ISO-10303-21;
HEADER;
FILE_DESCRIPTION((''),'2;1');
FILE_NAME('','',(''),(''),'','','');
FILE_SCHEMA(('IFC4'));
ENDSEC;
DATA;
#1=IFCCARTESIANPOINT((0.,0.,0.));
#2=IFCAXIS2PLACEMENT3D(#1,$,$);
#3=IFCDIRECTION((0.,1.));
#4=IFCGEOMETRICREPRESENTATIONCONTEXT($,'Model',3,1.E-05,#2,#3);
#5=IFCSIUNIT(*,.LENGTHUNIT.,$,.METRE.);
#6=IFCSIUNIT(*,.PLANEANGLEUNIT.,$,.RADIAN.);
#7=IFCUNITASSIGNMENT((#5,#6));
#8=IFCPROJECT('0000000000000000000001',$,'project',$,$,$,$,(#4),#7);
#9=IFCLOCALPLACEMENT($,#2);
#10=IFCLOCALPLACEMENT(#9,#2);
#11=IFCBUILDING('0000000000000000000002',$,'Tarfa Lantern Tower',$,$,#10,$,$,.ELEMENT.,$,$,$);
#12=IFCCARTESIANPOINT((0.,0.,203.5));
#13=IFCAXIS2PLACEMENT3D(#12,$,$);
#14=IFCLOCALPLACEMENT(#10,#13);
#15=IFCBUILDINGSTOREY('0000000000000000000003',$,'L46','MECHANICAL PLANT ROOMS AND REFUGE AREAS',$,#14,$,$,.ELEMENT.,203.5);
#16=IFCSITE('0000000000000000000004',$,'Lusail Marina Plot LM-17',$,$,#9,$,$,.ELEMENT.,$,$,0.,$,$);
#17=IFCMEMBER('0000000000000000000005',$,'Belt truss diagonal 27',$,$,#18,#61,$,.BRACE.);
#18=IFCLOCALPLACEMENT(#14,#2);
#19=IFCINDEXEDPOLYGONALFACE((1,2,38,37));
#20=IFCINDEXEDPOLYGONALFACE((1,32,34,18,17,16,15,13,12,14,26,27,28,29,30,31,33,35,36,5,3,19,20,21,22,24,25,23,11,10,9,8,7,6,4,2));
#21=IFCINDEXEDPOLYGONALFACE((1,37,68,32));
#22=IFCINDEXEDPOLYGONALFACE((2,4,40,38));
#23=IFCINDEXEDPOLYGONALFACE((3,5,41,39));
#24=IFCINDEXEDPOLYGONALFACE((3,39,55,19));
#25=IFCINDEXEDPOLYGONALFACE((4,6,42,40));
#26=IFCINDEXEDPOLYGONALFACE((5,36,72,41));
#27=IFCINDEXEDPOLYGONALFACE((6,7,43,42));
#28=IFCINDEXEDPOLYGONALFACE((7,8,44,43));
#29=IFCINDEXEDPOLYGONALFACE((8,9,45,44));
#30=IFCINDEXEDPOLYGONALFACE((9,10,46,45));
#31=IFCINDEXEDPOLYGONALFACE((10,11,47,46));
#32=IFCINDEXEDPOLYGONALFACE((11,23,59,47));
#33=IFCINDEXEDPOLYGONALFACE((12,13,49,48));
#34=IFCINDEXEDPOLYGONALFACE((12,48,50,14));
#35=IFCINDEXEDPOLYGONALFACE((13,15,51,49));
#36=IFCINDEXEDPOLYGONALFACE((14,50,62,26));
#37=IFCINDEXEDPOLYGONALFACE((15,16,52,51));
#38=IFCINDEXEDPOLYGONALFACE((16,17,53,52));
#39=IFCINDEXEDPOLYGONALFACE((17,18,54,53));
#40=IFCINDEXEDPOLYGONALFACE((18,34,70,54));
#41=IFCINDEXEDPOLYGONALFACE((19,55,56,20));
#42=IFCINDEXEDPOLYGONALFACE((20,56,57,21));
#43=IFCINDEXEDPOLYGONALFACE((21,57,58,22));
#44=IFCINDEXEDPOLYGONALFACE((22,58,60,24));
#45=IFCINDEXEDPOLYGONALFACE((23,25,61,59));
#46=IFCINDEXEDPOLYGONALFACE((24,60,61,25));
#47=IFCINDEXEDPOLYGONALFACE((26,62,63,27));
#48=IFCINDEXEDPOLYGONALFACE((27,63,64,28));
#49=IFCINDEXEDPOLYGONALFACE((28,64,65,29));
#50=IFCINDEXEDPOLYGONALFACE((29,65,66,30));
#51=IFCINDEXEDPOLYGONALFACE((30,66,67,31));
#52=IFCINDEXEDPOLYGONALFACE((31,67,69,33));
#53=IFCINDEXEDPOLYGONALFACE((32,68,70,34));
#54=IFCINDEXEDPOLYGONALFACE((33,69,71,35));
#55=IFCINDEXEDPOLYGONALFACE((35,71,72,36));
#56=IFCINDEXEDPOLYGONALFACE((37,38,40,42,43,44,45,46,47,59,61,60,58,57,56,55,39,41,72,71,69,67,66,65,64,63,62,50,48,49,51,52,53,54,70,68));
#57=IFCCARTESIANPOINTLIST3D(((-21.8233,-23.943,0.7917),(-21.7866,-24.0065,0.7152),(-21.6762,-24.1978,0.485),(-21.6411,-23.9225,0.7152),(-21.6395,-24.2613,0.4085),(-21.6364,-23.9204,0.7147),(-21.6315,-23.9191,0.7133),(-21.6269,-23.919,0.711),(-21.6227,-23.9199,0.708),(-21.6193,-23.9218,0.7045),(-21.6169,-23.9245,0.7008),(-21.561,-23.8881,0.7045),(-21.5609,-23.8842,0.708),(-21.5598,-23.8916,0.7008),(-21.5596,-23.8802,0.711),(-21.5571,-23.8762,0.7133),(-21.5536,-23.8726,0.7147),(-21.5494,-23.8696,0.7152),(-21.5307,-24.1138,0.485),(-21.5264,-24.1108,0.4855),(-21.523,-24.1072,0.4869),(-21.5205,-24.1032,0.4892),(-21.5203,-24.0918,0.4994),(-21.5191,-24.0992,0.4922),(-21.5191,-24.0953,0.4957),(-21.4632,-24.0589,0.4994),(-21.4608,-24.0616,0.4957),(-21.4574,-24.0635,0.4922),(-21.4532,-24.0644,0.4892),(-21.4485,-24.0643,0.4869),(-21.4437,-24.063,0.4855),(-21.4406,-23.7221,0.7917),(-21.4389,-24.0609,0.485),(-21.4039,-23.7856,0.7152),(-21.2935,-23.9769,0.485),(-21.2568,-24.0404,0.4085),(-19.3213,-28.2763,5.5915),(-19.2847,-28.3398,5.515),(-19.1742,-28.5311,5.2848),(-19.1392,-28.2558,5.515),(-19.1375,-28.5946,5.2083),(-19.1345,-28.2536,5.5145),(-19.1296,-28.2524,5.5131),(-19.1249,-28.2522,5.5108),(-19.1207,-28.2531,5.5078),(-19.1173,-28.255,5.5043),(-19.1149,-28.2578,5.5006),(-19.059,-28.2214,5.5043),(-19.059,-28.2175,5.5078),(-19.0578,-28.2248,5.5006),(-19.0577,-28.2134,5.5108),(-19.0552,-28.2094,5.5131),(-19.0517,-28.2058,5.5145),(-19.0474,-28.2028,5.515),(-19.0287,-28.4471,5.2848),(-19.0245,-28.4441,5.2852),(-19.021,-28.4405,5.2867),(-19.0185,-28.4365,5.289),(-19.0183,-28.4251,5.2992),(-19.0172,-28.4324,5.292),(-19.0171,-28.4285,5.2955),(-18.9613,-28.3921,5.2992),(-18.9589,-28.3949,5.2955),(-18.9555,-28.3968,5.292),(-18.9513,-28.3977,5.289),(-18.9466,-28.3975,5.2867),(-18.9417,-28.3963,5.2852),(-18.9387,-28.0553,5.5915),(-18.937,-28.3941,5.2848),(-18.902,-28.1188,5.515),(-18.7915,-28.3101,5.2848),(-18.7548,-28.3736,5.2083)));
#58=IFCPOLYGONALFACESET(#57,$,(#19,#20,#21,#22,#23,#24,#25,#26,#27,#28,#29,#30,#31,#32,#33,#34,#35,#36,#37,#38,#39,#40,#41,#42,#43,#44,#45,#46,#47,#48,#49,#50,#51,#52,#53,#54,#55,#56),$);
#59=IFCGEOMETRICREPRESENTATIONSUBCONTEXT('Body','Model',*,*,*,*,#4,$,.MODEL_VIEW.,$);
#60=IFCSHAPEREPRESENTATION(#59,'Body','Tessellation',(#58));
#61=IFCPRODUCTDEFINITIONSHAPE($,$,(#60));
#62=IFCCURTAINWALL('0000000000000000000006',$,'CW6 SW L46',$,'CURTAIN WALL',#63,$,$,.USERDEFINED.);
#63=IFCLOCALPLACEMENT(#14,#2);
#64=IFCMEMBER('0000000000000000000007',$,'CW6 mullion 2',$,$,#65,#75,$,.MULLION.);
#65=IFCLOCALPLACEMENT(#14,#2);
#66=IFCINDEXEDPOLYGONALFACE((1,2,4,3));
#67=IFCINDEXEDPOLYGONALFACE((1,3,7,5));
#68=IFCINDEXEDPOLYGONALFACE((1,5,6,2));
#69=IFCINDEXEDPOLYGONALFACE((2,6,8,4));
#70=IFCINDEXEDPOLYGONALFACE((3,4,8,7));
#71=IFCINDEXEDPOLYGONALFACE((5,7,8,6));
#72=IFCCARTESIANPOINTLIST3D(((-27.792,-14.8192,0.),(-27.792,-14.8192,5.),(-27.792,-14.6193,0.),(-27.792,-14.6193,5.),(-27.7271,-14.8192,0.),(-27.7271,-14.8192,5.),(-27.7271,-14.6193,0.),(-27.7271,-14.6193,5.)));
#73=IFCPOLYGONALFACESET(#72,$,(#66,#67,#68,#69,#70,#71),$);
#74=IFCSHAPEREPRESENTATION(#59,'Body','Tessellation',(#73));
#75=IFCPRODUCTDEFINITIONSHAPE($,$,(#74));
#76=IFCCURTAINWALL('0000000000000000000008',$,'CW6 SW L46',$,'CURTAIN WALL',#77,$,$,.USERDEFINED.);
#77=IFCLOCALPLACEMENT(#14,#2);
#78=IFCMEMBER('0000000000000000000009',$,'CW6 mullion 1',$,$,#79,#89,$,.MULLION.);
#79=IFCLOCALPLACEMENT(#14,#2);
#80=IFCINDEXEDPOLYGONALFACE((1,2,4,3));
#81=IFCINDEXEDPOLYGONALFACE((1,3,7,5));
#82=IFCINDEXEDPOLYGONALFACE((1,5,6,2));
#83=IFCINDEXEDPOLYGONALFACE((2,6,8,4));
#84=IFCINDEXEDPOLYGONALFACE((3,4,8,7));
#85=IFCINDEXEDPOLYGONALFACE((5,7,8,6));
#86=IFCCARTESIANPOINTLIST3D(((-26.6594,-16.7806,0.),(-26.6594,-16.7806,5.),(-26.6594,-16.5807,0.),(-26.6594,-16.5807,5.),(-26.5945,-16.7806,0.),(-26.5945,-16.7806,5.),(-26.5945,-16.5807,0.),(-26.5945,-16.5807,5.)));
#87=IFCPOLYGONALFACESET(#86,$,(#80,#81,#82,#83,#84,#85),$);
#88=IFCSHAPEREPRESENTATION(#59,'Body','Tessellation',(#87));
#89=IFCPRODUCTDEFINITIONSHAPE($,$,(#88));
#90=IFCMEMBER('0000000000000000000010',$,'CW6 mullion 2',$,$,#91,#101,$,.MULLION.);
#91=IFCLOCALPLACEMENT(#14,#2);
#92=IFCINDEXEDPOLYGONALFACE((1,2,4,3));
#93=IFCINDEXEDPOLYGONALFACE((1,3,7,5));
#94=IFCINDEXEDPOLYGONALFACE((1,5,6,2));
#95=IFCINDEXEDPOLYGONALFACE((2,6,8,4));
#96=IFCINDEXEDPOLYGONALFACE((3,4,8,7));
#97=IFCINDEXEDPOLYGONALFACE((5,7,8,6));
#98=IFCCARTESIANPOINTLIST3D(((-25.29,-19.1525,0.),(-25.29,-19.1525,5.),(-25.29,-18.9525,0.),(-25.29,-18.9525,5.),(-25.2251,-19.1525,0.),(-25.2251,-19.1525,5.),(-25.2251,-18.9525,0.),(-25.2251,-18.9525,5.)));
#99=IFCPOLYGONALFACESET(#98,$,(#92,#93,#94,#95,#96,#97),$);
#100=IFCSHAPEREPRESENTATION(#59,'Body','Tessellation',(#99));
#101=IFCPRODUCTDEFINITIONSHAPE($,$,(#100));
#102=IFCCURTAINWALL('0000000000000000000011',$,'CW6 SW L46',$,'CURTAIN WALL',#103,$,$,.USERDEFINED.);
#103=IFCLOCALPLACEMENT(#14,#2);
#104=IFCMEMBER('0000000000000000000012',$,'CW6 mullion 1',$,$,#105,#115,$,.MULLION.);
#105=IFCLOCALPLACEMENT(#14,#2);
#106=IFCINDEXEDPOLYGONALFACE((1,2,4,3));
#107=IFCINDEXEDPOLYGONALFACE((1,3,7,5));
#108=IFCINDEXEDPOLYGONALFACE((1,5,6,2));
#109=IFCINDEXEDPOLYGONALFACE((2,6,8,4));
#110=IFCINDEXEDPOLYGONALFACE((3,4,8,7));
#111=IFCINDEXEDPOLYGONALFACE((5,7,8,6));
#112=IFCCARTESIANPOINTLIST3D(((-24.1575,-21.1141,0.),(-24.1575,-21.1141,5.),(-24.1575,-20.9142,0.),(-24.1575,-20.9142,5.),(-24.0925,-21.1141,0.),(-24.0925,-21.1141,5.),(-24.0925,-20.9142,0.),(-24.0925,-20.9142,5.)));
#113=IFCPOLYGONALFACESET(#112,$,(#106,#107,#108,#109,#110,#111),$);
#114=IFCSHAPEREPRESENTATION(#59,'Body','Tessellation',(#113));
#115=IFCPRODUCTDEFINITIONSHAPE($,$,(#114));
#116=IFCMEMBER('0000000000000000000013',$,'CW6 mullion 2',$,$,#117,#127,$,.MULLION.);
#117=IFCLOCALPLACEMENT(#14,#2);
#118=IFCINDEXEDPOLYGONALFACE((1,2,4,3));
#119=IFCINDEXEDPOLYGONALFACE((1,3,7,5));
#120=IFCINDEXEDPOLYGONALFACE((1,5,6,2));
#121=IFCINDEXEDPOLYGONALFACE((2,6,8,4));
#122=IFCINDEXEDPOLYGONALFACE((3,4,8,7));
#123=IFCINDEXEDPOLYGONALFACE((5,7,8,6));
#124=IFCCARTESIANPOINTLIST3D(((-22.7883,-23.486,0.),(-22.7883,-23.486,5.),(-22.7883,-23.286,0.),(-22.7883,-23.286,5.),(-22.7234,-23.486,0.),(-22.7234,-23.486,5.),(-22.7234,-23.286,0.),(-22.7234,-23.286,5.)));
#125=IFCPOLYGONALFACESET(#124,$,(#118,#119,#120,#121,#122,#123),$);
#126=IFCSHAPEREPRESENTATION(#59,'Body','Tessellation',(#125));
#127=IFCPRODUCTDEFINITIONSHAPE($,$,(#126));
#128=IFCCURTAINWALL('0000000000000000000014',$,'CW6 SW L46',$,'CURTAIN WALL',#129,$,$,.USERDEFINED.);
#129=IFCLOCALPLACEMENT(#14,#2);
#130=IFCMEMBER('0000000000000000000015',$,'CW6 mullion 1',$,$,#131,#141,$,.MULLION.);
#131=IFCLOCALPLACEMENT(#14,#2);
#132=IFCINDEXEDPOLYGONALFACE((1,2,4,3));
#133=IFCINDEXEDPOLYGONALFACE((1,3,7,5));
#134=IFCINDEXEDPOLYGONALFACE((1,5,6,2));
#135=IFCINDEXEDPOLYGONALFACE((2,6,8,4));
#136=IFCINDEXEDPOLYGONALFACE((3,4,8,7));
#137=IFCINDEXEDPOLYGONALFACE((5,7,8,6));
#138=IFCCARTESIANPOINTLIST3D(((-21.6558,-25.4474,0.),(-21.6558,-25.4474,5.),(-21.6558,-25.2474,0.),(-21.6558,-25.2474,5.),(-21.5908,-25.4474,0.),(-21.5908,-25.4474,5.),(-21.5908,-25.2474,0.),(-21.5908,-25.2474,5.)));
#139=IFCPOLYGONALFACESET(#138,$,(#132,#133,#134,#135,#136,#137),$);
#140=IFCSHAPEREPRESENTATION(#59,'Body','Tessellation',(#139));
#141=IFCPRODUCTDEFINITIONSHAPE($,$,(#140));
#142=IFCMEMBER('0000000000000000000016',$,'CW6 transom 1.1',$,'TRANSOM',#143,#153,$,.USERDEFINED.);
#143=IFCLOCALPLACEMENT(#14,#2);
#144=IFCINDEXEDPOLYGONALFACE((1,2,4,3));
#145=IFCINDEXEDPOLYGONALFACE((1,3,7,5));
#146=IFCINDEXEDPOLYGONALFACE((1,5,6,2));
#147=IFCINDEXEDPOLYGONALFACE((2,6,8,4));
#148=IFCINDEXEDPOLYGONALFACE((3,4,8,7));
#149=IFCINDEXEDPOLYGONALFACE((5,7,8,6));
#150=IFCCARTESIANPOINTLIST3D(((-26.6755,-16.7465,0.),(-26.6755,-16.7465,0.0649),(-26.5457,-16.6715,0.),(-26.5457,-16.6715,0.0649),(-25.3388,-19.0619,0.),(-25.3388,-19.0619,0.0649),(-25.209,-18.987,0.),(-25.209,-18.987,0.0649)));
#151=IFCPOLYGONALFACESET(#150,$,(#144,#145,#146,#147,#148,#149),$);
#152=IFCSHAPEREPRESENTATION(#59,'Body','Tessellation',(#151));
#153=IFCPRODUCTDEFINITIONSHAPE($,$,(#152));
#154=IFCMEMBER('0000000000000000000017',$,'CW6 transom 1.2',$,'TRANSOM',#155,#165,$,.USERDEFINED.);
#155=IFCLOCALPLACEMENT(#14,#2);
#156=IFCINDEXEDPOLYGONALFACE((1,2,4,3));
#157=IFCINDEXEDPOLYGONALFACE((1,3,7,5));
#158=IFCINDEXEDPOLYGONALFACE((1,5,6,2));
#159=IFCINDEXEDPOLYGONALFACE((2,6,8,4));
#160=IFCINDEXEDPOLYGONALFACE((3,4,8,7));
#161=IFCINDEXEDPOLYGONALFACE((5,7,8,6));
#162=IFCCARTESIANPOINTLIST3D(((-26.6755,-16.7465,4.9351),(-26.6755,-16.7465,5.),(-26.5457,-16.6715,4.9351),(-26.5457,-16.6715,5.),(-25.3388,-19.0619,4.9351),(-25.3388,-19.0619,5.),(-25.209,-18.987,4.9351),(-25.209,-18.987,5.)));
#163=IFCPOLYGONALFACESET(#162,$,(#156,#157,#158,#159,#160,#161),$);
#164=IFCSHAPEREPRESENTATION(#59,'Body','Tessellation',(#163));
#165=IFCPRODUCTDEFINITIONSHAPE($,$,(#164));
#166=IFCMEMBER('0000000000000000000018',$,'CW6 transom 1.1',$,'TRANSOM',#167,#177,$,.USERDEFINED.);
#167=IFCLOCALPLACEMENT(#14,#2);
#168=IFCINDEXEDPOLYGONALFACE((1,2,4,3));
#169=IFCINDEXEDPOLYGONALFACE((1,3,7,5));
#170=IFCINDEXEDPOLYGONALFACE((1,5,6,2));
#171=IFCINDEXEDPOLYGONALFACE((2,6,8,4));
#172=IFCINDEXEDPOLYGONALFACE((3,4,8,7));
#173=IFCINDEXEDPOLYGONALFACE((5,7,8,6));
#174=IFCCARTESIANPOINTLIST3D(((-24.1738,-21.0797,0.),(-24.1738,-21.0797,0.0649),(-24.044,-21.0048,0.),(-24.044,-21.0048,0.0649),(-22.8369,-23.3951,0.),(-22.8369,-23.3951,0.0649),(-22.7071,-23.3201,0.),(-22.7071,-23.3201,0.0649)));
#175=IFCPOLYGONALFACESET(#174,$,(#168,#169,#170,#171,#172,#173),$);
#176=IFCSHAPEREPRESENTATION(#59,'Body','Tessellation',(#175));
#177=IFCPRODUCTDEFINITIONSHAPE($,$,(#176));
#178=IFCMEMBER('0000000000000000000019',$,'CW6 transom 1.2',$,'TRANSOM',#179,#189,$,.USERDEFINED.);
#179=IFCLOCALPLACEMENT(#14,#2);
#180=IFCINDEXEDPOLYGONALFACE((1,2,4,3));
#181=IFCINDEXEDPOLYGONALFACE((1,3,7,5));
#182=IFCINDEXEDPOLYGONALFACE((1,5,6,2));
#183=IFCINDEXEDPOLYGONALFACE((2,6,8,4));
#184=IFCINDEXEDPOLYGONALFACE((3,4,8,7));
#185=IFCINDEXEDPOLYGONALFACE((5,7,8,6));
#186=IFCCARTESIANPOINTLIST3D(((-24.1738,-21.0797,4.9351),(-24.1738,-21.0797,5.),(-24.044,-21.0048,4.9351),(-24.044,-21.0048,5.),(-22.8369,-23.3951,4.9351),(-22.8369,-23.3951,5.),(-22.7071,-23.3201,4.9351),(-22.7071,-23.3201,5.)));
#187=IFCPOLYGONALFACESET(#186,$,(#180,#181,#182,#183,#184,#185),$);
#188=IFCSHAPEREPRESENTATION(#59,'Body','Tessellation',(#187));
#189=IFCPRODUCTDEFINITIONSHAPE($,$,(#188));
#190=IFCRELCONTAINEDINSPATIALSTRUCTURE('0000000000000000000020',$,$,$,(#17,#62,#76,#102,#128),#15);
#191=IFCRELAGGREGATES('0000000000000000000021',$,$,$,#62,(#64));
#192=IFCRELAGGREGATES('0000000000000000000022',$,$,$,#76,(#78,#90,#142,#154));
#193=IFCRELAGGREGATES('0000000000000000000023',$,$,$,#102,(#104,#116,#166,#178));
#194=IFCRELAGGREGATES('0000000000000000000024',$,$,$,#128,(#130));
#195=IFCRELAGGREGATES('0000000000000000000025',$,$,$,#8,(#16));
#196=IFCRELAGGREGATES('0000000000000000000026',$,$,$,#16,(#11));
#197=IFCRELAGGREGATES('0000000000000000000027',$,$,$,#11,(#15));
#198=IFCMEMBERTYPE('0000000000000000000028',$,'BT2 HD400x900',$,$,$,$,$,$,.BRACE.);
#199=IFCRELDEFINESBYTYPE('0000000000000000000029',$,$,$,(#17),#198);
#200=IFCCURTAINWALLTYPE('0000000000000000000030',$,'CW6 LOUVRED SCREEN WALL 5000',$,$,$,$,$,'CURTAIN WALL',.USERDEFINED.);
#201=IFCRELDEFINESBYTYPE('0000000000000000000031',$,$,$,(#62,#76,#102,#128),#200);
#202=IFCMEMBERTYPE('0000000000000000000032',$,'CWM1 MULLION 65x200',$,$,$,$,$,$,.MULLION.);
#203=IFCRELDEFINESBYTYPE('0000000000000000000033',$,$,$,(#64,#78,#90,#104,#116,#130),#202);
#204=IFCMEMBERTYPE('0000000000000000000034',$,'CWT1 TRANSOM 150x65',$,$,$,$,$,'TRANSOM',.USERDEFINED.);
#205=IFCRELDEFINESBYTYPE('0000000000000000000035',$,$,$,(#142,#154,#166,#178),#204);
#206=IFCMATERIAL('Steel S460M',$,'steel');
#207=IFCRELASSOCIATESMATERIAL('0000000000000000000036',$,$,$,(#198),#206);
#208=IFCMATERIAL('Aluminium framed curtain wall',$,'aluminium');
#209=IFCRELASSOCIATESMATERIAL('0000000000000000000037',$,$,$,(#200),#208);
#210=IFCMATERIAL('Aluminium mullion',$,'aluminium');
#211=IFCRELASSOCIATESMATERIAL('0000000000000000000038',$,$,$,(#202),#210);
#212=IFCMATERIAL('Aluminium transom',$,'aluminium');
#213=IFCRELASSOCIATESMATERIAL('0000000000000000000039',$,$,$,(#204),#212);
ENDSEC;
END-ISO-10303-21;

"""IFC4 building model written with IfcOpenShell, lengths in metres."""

from ifc_helpers import new_model, si_unit, direction, frame, origin, origin_2d, place, context, subcontext, project, spatial, rectangle, i_section, extrude, material, material_profile, profile_set, type_object, element, aggregate, save


model = new_model("IFC4")

# Units and contexts
model_context = context("Model", 3, precision=1e-05, world=origin(), true_north=direction((0.0, 1.0)))
body_context = subcontext(model_context, "Body", "Model", "MODEL_VIEW")
ifc_project = project(units=[si_unit("LENGTHUNIT", "METRE"), si_unit("PLANEANGLEUNIT", "RADIAN")], contexts=[model_context])

# Site, building, storey
site_placement = place(None, origin())
site = spatial("IfcSite", under=ifc_project, at=site_placement, Name="Lusail Marina Plot LM-17", CompositionType="ELEMENT", RefElevation=0.0)
building_placement = place(site_placement, origin())
building = spatial("IfcBuilding", under=site, at=building_placement, Name="Tarfa Lantern Tower", CompositionType="ELEMENT")
storey_placement = place(building_placement, frame((0.0, 0.0, 203.5)))
storey = spatial("IfcBuildingStorey", under=building, at=storey_placement, Name="L46", Description="MECHANICAL PLANT ROOMS AND REFUGE AREAS", CompositionType="ELEMENT", Elevation=203.5)

# Member
ifc_material_1 = material(Name="Steel S460M", Category="steel")
ifc_material_profile_1 = material_profile(ifc_material_1, i_section(OverallWidth=0.4419, OverallDepth=0.531, WebThickness=0.0659, FlangeThickness=0.106, FilletRadius=0.02, at=origin_2d()), Name="HD400x900")
ifc_profile_set_1 = profile_set([ifc_material_profile_1], Name="Steel S460M")
member_type_1 = type_object("IfcMemberType", Name="BT2 HD400x900", PredefinedType="BRACE", material=ifc_profile_set_1)
for number, where, z_axis, x_axis, name in (
    (1, (-21.54, -23.9917, 0.6001), (0.360844, -0.624963, 0.692252), (0.866013, 0.500022, 0.0), "Belt truss diagonal 27"),
):
    element("IfcMember", number, at=place(storey_placement, frame(where, z_axis=z_axis, x_axis=x_axis)), inside=storey, type_object=member_type_1, Name=name, PredefinedType="BRACE", context=body_context, shape_type="SweptSolid", body=[
        extrude(i_section(OverallWidth=0.4419, OverallDepth=0.531, WebThickness=0.0659, FlangeThickness=0.106, FilletRadius=0.02, at=origin_2d()), origin(), (0.0, 0.0, 1.0), 6.9336),
    ])

# Curtain wall, member
ifc_material_2 = material(Name="Aluminium framed curtain wall", Category="aluminium")
curtain_wall_type = type_object("IfcCurtainWallType", Name="CW6 LOUVRED SCREEN WALL 5000", ElementType="CURTAIN WALL", PredefinedType="USERDEFINED", material=ifc_material_2)
curtain_wall_1_placement = place(storey_placement, origin())
curtain_wall_1 = element("IfcCurtainWall", 2, at=curtain_wall_1_placement, inside=storey, type_object=curtain_wall_type, Name="CW6 SW L46", ObjectType="CURTAIN WALL", PredefinedType="USERDEFINED")
ifc_material_3 = material(Name="Aluminium mullion", Category="aluminium")
ifc_material_profile_2 = material_profile(ifc_material_3, rectangle(XDim=0.0649, YDim=0.2, at=origin_2d()), Name="AL MULLION 65x200")
ifc_profile_set_2 = profile_set([ifc_material_profile_2], Name="Aluminium mullion")
member_type_2 = type_object("IfcMemberType", Name="CWM1 MULLION 65x200", PredefinedType="MULLION", material=ifc_profile_set_2)
member_1_placement = place(storey_placement, frame((-27.7595, -14.7192, 0.0), z_axis=(0.0, 0.0, 1.0), x_axis=(1.0, 0.0, 0.0)))
member_1 = element("IfcMember", 3, at=member_1_placement, type_object=member_type_2, Name="CW6 mullion 2", PredefinedType="MULLION", context=body_context, shape_type="SweptSolid", body=[
    extrude(rectangle(XDim=0.0649, YDim=0.2, at=origin_2d()), origin(), (0.0, 0.0, 1.0), 5.0),
])
aggregate(curtain_wall_1, [member_1])

# Curtain walls, members
curtain_wall_2_placement = place(storey_placement, origin())
curtain_wall_2 = element("IfcCurtainWall", 4, at=curtain_wall_2_placement, inside=storey, type_object=curtain_wall_type, Name="CW6 SW L46", ObjectType="CURTAIN WALL", PredefinedType="USERDEFINED")
member_2_placement = place(storey_placement, frame((-26.627, -16.6807, 0.0), z_axis=(0.0, 0.0, 1.0), x_axis=(1.0, 0.0, 0.0)))
member_2 = element("IfcMember", 5, at=member_2_placement, type_object=member_type_2, Name="CW6 mullion 1", PredefinedType="MULLION", context=body_context, shape_type="SweptSolid", body=[
    extrude(rectangle(XDim=0.0649, YDim=0.2, at=origin_2d()), origin(), (0.0, 0.0, 1.0), 5.0),
])
member_3_placement = place(storey_placement, frame((-25.2576, -19.0525, 0.0), z_axis=(0.0, 0.0, 1.0), x_axis=(1.0, 0.0, 0.0)))
member_3 = element("IfcMember", 6, at=member_3_placement, type_object=member_type_2, Name="CW6 mullion 2", PredefinedType="MULLION", context=body_context, shape_type="SweptSolid", body=[
    extrude(rectangle(XDim=0.0649, YDim=0.2, at=origin_2d()), origin(), (0.0, 0.0, 1.0), 5.0),
])
curtain_wall_3_placement = place(storey_placement, origin())
curtain_wall_3 = element("IfcCurtainWall", 7, at=curtain_wall_3_placement, inside=storey, type_object=curtain_wall_type, Name="CW6 SW L46", ObjectType="CURTAIN WALL", PredefinedType="USERDEFINED")
member_4_placement = place(storey_placement, frame((-24.125, -21.0142, 0.0), z_axis=(0.0, 0.0, 1.0), x_axis=(1.0, 0.0, 0.0)))
member_4 = element("IfcMember", 8, at=member_4_placement, type_object=member_type_2, Name="CW6 mullion 1", PredefinedType="MULLION", context=body_context, shape_type="SweptSolid", body=[
    extrude(rectangle(XDim=0.0649, YDim=0.2, at=origin_2d()), origin(), (0.0, 0.0, 1.0), 5.0),
])
member_5_placement = place(storey_placement, frame((-22.7559, -23.386, 0.0), z_axis=(0.0, 0.0, 1.0), x_axis=(1.0, 0.0, 0.0)))
member_5 = element("IfcMember", 9, at=member_5_placement, type_object=member_type_2, Name="CW6 mullion 2", PredefinedType="MULLION", context=body_context, shape_type="SweptSolid", body=[
    extrude(rectangle(XDim=0.0649, YDim=0.2, at=origin_2d()), origin(), (0.0, 0.0, 1.0), 5.0),
])

# Curtain wall, member
curtain_wall_4_placement = place(storey_placement, origin())
curtain_wall_4 = element("IfcCurtainWall", 10, at=curtain_wall_4_placement, inside=storey, type_object=curtain_wall_type, Name="CW6 SW L46", ObjectType="CURTAIN WALL", PredefinedType="USERDEFINED")
member_6_placement = place(storey_placement, frame((-21.6233, -25.3474, 0.0), z_axis=(0.0, 0.0, 1.0), x_axis=(1.0, 0.0, 0.0)))
member_6 = element("IfcMember", 11, at=member_6_placement, type_object=member_type_2, Name="CW6 mullion 1", PredefinedType="MULLION", context=body_context, shape_type="SweptSolid", body=[
    extrude(rectangle(XDim=0.0649, YDim=0.2, at=origin_2d()), origin(), (0.0, 0.0, 1.0), 5.0),
])

# Members
ifc_material_4 = material(Name="Aluminium transom", Category="aluminium")
ifc_material_profile_3 = material_profile(ifc_material_4, rectangle(XDim=0.1499, YDim=0.0649, at=origin_2d()), Name="AL TRANSOM 150x65")
ifc_profile_set_3 = profile_set([ifc_material_profile_3], Name="Aluminium transom")
member_type_3 = type_object("IfcMemberType", Name="CWT1 TRANSOM 150x65", ElementType="TRANSOM", PredefinedType="USERDEFINED", material=ifc_profile_set_3)
member_7_placement = place(storey_placement, frame((-26.6106, -16.709, 0.0325), z_axis=(0.49996, -0.866049, 0.0), x_axis=(0.866049, 0.49996, 0.0)))
member_7 = element("IfcMember", 12, at=member_7_placement, type_object=member_type_3, Name="CW6 transom 1.1", ObjectType="TRANSOM", PredefinedType="USERDEFINED", context=body_context, shape_type="SweptSolid", body=[
    extrude(rectangle(XDim=0.1499, YDim=0.0649, at=origin_2d()), origin(), (0.0, 0.0, 1.0), 2.6736),
])
member_8_placement = place(storey_placement, frame((-26.6106, -16.709, 4.9675), z_axis=(0.49996, -0.866049, 0.0), x_axis=(0.866049, 0.49996, 0.0)))
member_8 = element("IfcMember", 13, at=member_8_placement, type_object=member_type_3, Name="CW6 transom 1.2", ObjectType="TRANSOM", PredefinedType="USERDEFINED", context=body_context, shape_type="SweptSolid", body=[
    extrude(rectangle(XDim=0.1499, YDim=0.0649, at=origin_2d()), origin(), (0.0, 0.0, 1.0), 2.6736),
])
member_9_placement = place(storey_placement, frame((-24.1089, -21.0422, 0.0325), z_axis=(0.500028, -0.866009, 0.0), x_axis=(0.866009, 0.500028, 0.0)))
member_9 = element("IfcMember", 14, at=member_9_placement, type_object=member_type_3, Name="CW6 transom 1.1", ObjectType="TRANSOM", PredefinedType="USERDEFINED", context=body_context, shape_type="SweptSolid", body=[
    extrude(rectangle(XDim=0.1499, YDim=0.0649, at=origin_2d()), origin(), (0.0, 0.0, 1.0), 2.6736),
])
member_10_placement = place(storey_placement, frame((-24.1089, -21.0422, 4.9675), z_axis=(0.500028, -0.866009, 0.0), x_axis=(0.866009, 0.500028, 0.0)))
member_10 = element("IfcMember", 15, at=member_10_placement, type_object=member_type_3, Name="CW6 transom 1.2", ObjectType="TRANSOM", PredefinedType="USERDEFINED", context=body_context, shape_type="SweptSolid", body=[
    extrude(rectangle(XDim=0.1499, YDim=0.0649, at=origin_2d()), origin(), (0.0, 0.0, 1.0), 2.6736),
])

aggregate(curtain_wall_2, [member_2, member_3, member_7, member_8])
aggregate(curtain_wall_3, [member_4, member_5, member_9, member_10])
aggregate(curtain_wall_4, [member_6])

save(model, "model.ifc")
